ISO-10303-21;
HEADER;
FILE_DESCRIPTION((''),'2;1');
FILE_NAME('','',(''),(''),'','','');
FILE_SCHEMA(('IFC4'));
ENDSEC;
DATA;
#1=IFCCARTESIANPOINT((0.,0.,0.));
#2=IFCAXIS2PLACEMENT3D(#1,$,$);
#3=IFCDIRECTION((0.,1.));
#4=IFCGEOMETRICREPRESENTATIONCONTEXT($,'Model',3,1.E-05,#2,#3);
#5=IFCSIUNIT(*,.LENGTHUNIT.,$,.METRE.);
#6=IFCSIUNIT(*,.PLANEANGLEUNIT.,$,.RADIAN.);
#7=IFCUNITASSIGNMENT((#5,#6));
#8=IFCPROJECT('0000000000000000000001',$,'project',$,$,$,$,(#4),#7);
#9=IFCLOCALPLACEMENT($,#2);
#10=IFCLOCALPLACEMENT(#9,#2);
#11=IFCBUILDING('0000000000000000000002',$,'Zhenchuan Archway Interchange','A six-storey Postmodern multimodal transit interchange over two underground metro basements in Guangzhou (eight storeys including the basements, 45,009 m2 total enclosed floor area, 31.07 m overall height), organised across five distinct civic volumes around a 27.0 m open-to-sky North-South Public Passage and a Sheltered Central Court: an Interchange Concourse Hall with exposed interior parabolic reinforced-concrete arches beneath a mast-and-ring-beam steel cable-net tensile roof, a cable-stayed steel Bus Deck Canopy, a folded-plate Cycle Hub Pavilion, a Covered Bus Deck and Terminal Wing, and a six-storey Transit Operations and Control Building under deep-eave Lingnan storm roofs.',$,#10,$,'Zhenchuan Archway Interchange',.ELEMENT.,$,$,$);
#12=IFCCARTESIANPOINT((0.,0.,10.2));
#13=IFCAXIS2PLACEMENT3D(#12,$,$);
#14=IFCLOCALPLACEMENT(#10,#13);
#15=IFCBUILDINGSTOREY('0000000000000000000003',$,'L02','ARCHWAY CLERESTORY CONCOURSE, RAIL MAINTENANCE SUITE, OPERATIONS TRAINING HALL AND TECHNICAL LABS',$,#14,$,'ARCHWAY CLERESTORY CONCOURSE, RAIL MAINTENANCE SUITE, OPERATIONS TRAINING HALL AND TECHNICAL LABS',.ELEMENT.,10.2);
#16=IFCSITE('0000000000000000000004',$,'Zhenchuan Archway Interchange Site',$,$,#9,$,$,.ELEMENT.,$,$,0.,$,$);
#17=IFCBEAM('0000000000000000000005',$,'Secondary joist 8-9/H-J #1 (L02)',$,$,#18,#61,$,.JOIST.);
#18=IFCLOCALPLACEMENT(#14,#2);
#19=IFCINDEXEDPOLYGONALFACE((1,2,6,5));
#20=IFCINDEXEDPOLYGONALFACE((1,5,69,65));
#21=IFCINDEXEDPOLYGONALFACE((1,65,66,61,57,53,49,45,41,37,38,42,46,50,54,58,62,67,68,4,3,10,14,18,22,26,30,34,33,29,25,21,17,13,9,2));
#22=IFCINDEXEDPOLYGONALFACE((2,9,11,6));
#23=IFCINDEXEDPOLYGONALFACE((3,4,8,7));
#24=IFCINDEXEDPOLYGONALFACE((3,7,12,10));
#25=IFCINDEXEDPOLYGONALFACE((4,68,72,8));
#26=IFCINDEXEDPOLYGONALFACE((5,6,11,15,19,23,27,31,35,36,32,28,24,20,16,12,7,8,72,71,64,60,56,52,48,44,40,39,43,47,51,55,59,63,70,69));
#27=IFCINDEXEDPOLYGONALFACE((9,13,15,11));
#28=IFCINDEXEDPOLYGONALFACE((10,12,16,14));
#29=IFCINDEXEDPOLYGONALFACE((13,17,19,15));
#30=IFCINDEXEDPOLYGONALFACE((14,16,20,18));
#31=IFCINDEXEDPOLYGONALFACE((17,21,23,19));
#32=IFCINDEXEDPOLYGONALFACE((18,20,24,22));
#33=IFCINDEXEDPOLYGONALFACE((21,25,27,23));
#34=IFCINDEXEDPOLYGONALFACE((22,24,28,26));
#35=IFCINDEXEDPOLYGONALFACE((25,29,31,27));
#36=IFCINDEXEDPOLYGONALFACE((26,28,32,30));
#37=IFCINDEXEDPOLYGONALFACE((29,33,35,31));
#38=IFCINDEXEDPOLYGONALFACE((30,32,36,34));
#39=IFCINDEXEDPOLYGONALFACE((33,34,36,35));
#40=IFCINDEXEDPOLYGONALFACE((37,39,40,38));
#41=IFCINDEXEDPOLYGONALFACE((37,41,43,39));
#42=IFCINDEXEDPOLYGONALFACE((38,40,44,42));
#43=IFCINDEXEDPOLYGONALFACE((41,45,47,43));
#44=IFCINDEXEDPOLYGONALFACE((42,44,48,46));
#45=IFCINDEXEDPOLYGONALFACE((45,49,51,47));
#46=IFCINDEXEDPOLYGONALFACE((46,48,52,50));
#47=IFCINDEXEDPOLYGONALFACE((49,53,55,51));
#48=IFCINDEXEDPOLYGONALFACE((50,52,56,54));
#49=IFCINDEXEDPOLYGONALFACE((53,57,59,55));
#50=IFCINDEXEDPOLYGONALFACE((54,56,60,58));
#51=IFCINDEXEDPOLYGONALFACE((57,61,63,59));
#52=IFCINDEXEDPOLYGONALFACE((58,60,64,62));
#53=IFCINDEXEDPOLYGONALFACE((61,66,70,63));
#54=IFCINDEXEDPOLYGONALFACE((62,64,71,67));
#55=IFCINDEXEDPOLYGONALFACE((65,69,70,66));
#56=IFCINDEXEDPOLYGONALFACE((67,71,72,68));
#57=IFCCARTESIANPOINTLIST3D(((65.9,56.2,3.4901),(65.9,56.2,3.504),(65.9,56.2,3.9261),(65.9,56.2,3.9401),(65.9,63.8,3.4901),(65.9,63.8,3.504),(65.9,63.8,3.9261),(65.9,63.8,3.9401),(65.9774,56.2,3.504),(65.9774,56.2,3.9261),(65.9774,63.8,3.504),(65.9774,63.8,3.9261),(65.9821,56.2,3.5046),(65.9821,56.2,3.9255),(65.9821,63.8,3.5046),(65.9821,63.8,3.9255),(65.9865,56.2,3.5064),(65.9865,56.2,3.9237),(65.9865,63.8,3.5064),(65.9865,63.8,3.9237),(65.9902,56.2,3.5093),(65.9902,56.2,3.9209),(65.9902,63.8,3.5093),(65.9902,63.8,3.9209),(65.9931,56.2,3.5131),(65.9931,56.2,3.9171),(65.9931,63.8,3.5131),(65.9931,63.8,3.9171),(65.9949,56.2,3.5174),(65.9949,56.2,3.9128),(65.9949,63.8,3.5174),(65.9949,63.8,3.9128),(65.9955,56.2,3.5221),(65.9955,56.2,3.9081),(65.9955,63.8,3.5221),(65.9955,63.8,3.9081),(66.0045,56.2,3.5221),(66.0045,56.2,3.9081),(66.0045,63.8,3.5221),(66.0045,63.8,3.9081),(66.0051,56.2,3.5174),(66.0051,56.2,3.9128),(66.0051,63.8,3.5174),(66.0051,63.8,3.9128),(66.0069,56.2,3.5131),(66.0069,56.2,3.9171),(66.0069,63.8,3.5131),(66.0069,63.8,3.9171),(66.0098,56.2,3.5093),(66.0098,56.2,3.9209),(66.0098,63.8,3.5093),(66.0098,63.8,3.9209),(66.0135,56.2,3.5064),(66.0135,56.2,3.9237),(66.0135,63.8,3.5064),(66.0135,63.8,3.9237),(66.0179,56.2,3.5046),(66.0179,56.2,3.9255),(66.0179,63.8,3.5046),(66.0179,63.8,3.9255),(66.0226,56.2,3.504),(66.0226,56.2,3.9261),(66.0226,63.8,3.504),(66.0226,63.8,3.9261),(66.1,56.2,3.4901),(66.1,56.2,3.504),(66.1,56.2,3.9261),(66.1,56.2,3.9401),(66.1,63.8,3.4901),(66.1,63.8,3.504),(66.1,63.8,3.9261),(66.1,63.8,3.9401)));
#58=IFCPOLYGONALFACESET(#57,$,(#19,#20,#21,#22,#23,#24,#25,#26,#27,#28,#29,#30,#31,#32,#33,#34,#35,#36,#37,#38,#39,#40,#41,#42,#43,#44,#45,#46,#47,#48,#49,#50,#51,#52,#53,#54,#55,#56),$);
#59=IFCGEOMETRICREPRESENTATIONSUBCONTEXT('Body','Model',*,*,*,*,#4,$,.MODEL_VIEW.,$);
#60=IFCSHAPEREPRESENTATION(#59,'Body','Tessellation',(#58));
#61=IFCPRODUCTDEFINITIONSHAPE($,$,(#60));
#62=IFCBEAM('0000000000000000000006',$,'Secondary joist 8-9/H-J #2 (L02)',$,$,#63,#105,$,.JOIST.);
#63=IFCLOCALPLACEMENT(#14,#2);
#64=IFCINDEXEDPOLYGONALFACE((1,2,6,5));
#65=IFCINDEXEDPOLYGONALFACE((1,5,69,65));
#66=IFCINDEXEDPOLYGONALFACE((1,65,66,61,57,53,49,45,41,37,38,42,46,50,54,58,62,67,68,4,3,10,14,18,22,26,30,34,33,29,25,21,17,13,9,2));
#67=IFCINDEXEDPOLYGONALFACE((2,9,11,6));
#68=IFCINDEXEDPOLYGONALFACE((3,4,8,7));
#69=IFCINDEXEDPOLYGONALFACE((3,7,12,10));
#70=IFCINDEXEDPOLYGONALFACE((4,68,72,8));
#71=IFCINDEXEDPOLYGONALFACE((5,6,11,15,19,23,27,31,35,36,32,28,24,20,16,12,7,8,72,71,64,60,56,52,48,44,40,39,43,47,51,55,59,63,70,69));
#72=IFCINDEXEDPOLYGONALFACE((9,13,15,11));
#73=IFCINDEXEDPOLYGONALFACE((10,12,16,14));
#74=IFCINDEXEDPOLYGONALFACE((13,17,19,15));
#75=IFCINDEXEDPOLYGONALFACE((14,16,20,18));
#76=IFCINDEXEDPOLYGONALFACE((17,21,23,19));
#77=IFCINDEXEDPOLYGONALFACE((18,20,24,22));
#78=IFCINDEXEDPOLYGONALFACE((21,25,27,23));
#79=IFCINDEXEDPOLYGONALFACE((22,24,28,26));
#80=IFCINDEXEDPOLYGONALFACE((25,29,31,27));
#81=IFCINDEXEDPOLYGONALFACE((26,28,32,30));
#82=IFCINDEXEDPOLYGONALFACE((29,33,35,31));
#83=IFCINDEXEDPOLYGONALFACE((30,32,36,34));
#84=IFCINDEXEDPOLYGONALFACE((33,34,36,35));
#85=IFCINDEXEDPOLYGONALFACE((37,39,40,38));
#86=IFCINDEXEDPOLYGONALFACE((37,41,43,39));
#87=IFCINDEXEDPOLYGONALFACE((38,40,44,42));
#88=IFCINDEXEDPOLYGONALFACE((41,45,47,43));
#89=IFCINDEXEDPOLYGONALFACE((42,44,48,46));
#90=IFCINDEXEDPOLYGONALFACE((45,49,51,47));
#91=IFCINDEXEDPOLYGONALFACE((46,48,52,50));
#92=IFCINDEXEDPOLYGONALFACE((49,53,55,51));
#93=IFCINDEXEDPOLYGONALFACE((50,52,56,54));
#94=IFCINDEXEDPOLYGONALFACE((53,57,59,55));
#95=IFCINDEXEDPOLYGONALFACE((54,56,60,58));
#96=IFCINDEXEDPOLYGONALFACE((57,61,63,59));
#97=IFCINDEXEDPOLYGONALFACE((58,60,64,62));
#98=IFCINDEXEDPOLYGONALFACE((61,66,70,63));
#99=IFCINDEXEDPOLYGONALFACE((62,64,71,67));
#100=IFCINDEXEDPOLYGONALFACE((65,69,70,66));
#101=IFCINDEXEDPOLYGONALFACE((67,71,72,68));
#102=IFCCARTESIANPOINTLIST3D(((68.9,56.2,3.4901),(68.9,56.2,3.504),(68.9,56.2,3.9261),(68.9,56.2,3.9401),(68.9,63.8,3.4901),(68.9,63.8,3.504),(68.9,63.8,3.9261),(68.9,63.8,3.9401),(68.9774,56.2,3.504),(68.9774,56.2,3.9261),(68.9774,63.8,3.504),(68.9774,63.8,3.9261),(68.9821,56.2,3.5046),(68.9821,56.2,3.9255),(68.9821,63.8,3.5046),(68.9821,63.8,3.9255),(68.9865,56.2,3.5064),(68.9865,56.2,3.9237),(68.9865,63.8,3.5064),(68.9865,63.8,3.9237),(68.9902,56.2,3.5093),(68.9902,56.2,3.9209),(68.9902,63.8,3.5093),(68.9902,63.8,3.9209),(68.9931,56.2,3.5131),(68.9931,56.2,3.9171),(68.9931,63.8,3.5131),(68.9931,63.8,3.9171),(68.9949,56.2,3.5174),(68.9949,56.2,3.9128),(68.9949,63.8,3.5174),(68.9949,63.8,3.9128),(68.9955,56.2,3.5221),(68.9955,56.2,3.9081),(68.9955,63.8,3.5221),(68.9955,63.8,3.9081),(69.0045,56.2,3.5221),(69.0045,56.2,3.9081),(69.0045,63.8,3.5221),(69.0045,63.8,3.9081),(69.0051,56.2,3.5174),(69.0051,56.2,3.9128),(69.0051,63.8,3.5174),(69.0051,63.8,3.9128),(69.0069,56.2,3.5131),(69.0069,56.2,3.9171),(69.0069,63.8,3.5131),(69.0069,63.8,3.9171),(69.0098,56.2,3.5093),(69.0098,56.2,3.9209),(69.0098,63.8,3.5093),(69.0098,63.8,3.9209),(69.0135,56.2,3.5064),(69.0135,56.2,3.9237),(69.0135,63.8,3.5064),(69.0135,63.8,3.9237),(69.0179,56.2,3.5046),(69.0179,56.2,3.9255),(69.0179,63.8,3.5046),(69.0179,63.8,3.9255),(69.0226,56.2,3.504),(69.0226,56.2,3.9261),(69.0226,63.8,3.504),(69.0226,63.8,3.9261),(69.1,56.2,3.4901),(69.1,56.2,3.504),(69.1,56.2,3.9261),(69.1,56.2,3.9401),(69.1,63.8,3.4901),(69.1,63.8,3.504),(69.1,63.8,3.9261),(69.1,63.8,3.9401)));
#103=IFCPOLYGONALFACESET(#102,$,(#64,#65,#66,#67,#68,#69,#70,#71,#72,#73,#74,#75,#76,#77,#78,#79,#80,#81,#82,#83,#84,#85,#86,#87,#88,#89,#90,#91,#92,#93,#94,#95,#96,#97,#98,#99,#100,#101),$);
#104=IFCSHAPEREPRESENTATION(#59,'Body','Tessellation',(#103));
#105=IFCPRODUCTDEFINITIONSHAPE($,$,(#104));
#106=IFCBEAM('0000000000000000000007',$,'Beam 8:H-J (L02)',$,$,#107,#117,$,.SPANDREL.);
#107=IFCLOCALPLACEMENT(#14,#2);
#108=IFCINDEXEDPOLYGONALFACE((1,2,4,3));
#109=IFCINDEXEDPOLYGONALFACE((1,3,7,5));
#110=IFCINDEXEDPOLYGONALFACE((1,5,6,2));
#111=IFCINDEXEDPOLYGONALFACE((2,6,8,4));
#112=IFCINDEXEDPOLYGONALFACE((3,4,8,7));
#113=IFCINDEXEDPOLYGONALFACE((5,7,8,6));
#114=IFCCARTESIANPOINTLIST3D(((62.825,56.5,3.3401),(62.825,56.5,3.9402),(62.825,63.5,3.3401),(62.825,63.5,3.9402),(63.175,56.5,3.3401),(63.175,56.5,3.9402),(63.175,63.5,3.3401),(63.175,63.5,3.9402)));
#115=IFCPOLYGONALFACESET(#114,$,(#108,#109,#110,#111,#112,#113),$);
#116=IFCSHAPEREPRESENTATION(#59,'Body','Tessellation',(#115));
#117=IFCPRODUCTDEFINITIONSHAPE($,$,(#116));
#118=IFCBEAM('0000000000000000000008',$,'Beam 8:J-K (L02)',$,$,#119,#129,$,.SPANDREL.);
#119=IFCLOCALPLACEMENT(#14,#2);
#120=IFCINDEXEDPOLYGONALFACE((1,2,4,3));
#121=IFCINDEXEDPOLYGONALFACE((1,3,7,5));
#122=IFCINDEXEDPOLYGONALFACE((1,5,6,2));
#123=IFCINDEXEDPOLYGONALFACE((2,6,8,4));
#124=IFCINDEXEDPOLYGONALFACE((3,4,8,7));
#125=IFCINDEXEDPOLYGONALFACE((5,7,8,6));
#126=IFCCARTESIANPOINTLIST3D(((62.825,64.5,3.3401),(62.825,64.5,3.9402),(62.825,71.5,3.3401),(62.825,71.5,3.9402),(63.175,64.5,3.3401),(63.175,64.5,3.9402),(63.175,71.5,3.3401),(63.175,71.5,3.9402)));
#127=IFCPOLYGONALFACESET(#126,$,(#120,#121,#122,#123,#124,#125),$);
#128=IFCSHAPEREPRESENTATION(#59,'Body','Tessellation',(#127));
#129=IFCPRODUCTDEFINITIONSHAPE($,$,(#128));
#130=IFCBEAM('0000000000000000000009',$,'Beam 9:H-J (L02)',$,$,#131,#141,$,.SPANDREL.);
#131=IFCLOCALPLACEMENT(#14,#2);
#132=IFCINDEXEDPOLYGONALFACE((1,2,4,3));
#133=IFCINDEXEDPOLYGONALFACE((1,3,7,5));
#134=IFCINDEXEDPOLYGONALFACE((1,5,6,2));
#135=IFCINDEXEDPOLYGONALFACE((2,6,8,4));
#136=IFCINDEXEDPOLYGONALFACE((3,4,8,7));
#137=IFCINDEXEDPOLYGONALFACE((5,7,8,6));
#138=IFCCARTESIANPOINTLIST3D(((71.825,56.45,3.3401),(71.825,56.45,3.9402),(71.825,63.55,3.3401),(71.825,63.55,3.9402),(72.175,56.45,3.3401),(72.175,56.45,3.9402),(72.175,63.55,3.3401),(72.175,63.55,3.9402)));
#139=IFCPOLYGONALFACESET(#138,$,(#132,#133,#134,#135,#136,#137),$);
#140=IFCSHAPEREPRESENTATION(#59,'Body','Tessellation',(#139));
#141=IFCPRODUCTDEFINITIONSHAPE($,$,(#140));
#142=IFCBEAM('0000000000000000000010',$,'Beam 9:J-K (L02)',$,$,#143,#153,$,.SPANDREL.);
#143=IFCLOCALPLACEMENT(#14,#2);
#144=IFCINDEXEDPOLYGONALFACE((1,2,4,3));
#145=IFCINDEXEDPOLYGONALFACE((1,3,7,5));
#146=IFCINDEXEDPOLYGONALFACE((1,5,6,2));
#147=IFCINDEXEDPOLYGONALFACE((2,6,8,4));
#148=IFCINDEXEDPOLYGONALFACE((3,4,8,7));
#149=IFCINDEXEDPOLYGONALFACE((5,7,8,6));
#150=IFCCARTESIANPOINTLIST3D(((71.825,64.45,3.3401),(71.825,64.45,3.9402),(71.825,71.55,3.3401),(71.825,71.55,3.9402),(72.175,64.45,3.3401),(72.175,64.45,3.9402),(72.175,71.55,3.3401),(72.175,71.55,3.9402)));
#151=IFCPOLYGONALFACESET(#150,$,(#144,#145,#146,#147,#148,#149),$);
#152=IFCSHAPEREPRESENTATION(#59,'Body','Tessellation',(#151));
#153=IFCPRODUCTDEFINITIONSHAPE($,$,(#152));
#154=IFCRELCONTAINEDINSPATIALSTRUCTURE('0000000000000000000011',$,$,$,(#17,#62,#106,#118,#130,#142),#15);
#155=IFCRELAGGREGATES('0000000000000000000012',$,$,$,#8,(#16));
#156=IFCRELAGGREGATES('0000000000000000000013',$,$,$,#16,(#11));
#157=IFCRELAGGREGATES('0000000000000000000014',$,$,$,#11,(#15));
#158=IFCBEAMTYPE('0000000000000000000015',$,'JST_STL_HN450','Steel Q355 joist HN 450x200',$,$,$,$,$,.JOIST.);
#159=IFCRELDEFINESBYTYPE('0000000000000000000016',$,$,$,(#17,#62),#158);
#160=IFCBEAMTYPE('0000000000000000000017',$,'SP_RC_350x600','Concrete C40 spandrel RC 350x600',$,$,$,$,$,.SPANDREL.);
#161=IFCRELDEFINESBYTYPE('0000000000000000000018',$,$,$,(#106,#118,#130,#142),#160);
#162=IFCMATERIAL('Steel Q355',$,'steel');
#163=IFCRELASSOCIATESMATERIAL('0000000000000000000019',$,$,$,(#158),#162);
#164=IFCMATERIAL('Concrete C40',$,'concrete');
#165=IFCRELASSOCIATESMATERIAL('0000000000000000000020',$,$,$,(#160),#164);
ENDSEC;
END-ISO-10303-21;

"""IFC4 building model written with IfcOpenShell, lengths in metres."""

from ifc_helpers import new_model, si_unit, direction, frame, origin, origin_2d, place, context, subcontext, project, spatial, rectangle, i_section, extrude, material, material_profile, profile_set, type_object, element, save


model = new_model("IFC4")

# Units and contexts
model_context = context("Model", 3, precision=1e-05, world=origin(), true_north=direction((0.0, 1.0)))
body_context = subcontext(model_context, "Body", "Model", "MODEL_VIEW")
ifc_project = project(units=[si_unit("LENGTHUNIT", "METRE"), si_unit("PLANEANGLEUNIT", "RADIAN")], contexts=[model_context])

# Site, building, storey
site_placement = place(None, origin())
site = spatial("IfcSite", under=ifc_project, at=site_placement, Name="Zhenchuan Archway Interchange Site", CompositionType="ELEMENT", RefElevation=0.0)
building_placement = place(site_placement, origin())
building = spatial("IfcBuilding", under=site, at=building_placement, Name="Zhenchuan Archway Interchange", Description="A six-storey Postmodern multimodal transit interchange over two underground metro basements in Guangzhou (eight storeys including the basements, 45,009 m2 total enclosed floor area, 31.07 m overall height), organised across five distinct civic volumes around a 27.0 m open-to-sky North-South Public Passage and a Sheltered Central Court: an Interchange Concourse Hall with exposed interior parabolic reinforced-concrete arches beneath a mast-and-ring-beam steel cable-net tensile roof, a cable-stayed steel Bus Deck Canopy, a folded-plate Cycle Hub Pavilion, a Covered Bus Deck and Terminal Wing, and a six-storey Transit Operations and Control Building under deep-eave Lingnan storm roofs.", LongName="Zhenchuan Archway Interchange", CompositionType="ELEMENT")
storey_placement = place(building_placement, frame((0.0, 0.0, 10.2)))
storey = spatial("IfcBuildingStorey", under=building, at=storey_placement, Name="L02", Description="ARCHWAY CLERESTORY CONCOURSE, RAIL MAINTENANCE SUITE, OPERATIONS TRAINING HALL AND TECHNICAL LABS", LongName="ARCHWAY CLERESTORY CONCOURSE, RAIL MAINTENANCE SUITE, OPERATIONS TRAINING HALL AND TECHNICAL LABS", CompositionType="ELEMENT", Elevation=10.2)

# Shared definitions
ifc_material_1 = material(Name="Concrete C40", Category="concrete")

# Beams
ifc_material_2 = material(Name="Steel Q355", Category="steel")
ifc_material_profile_1 = material_profile(ifc_material_2, i_section(OverallWidth=0.2, OverallDepth=0.45, WebThickness=0.009, FlangeThickness=0.0139, FilletRadius=0.0181, at=origin_2d()), Name="HN 450x200")
ifc_profile_set_1 = profile_set([ifc_material_profile_1], Name="Steel Q355")
beam_type_1 = type_object("IfcBeamType", Name="JST_STL_HN450", Description="Steel Q355 joist HN 450x200", PredefinedType="JOIST", material=ifc_profile_set_1)
for number, where, z_axis, x_axis, name in (
    (1, (66.0, 56.2, 3.7151), (0.0, 1.0, 0.0), (-1.0, 0.0, 0.0), "Secondary joist 8-9/H-J #1 (L02)"),
    (2, (69.0, 56.2, 3.7151), (0.0, 1.0, 0.0), (-1.0, 0.0, 0.0), "Secondary joist 8-9/H-J #2 (L02)"),
):
    element("IfcBeam", number, at=place(storey_placement, frame(where, z_axis=z_axis, x_axis=x_axis)), inside=storey, type_object=beam_type_1, Name=name, PredefinedType="JOIST", context=body_context, shape_type="SweptSolid", body=[
        extrude(i_section(OverallWidth=0.2, OverallDepth=0.45, WebThickness=0.009, FlangeThickness=0.0139, FilletRadius=0.0181, at=origin_2d()), origin(), (0.0, 0.0, 1.0), 7.6001),
    ])
ifc_material_profile_2 = material_profile(ifc_material_1, rectangle(XDim=0.3501, YDim=0.6001, at=origin_2d()), Name="RC 350x600")
ifc_profile_set_2 = profile_set([ifc_material_profile_2], Name="Concrete C40")
beam_type_2 = type_object("IfcBeamType", Name="SP_RC_350x600", Description="Concrete C40 spandrel RC 350x600", PredefinedType="SPANDREL", material=ifc_profile_set_2)
for number, where, z_axis, x_axis, name in (
    (3, (63.0, 56.5, 3.6401), (0.0, 1.0, 0.0), (-1.0, 0.0, 0.0), "Beam 8:H-J (L02)"),
    (4, (63.0, 64.5, 3.6401), (0.0, 1.0, 0.0), (-1.0, 0.0, 0.0), "Beam 8:J-K (L02)"),
):
    element("IfcBeam", number, at=place(storey_placement, frame(where, z_axis=z_axis, x_axis=x_axis)), inside=storey, type_object=beam_type_2, Name=name, PredefinedType="SPANDREL", context=body_context, shape_type="SweptSolid", body=[
        extrude(rectangle(XDim=0.3501, YDim=0.6001, at=origin_2d()), origin(), (0.0, 0.0, 1.0), 7.0),
    ])
for number, where, z_axis, x_axis, name in (
    (5, (72.0, 56.45, 3.6401), (0.0, 1.0, 0.0), (-1.0, 0.0, 0.0), "Beam 9:H-J (L02)"),
    (6, (72.0, 64.45, 3.6401), (0.0, 1.0, 0.0), (-1.0, 0.0, 0.0), "Beam 9:J-K (L02)"),
):
    element("IfcBeam", number, at=place(storey_placement, frame(where, z_axis=z_axis, x_axis=x_axis)), inside=storey, type_object=beam_type_2, Name=name, PredefinedType="SPANDREL", context=body_context, shape_type="SweptSolid", body=[
        extrude(rectangle(XDim=0.3501, YDim=0.6001, at=origin_2d()), origin(), (0.0, 0.0, 1.0), 7.1001),
    ])

save(model, "model.ifc")
